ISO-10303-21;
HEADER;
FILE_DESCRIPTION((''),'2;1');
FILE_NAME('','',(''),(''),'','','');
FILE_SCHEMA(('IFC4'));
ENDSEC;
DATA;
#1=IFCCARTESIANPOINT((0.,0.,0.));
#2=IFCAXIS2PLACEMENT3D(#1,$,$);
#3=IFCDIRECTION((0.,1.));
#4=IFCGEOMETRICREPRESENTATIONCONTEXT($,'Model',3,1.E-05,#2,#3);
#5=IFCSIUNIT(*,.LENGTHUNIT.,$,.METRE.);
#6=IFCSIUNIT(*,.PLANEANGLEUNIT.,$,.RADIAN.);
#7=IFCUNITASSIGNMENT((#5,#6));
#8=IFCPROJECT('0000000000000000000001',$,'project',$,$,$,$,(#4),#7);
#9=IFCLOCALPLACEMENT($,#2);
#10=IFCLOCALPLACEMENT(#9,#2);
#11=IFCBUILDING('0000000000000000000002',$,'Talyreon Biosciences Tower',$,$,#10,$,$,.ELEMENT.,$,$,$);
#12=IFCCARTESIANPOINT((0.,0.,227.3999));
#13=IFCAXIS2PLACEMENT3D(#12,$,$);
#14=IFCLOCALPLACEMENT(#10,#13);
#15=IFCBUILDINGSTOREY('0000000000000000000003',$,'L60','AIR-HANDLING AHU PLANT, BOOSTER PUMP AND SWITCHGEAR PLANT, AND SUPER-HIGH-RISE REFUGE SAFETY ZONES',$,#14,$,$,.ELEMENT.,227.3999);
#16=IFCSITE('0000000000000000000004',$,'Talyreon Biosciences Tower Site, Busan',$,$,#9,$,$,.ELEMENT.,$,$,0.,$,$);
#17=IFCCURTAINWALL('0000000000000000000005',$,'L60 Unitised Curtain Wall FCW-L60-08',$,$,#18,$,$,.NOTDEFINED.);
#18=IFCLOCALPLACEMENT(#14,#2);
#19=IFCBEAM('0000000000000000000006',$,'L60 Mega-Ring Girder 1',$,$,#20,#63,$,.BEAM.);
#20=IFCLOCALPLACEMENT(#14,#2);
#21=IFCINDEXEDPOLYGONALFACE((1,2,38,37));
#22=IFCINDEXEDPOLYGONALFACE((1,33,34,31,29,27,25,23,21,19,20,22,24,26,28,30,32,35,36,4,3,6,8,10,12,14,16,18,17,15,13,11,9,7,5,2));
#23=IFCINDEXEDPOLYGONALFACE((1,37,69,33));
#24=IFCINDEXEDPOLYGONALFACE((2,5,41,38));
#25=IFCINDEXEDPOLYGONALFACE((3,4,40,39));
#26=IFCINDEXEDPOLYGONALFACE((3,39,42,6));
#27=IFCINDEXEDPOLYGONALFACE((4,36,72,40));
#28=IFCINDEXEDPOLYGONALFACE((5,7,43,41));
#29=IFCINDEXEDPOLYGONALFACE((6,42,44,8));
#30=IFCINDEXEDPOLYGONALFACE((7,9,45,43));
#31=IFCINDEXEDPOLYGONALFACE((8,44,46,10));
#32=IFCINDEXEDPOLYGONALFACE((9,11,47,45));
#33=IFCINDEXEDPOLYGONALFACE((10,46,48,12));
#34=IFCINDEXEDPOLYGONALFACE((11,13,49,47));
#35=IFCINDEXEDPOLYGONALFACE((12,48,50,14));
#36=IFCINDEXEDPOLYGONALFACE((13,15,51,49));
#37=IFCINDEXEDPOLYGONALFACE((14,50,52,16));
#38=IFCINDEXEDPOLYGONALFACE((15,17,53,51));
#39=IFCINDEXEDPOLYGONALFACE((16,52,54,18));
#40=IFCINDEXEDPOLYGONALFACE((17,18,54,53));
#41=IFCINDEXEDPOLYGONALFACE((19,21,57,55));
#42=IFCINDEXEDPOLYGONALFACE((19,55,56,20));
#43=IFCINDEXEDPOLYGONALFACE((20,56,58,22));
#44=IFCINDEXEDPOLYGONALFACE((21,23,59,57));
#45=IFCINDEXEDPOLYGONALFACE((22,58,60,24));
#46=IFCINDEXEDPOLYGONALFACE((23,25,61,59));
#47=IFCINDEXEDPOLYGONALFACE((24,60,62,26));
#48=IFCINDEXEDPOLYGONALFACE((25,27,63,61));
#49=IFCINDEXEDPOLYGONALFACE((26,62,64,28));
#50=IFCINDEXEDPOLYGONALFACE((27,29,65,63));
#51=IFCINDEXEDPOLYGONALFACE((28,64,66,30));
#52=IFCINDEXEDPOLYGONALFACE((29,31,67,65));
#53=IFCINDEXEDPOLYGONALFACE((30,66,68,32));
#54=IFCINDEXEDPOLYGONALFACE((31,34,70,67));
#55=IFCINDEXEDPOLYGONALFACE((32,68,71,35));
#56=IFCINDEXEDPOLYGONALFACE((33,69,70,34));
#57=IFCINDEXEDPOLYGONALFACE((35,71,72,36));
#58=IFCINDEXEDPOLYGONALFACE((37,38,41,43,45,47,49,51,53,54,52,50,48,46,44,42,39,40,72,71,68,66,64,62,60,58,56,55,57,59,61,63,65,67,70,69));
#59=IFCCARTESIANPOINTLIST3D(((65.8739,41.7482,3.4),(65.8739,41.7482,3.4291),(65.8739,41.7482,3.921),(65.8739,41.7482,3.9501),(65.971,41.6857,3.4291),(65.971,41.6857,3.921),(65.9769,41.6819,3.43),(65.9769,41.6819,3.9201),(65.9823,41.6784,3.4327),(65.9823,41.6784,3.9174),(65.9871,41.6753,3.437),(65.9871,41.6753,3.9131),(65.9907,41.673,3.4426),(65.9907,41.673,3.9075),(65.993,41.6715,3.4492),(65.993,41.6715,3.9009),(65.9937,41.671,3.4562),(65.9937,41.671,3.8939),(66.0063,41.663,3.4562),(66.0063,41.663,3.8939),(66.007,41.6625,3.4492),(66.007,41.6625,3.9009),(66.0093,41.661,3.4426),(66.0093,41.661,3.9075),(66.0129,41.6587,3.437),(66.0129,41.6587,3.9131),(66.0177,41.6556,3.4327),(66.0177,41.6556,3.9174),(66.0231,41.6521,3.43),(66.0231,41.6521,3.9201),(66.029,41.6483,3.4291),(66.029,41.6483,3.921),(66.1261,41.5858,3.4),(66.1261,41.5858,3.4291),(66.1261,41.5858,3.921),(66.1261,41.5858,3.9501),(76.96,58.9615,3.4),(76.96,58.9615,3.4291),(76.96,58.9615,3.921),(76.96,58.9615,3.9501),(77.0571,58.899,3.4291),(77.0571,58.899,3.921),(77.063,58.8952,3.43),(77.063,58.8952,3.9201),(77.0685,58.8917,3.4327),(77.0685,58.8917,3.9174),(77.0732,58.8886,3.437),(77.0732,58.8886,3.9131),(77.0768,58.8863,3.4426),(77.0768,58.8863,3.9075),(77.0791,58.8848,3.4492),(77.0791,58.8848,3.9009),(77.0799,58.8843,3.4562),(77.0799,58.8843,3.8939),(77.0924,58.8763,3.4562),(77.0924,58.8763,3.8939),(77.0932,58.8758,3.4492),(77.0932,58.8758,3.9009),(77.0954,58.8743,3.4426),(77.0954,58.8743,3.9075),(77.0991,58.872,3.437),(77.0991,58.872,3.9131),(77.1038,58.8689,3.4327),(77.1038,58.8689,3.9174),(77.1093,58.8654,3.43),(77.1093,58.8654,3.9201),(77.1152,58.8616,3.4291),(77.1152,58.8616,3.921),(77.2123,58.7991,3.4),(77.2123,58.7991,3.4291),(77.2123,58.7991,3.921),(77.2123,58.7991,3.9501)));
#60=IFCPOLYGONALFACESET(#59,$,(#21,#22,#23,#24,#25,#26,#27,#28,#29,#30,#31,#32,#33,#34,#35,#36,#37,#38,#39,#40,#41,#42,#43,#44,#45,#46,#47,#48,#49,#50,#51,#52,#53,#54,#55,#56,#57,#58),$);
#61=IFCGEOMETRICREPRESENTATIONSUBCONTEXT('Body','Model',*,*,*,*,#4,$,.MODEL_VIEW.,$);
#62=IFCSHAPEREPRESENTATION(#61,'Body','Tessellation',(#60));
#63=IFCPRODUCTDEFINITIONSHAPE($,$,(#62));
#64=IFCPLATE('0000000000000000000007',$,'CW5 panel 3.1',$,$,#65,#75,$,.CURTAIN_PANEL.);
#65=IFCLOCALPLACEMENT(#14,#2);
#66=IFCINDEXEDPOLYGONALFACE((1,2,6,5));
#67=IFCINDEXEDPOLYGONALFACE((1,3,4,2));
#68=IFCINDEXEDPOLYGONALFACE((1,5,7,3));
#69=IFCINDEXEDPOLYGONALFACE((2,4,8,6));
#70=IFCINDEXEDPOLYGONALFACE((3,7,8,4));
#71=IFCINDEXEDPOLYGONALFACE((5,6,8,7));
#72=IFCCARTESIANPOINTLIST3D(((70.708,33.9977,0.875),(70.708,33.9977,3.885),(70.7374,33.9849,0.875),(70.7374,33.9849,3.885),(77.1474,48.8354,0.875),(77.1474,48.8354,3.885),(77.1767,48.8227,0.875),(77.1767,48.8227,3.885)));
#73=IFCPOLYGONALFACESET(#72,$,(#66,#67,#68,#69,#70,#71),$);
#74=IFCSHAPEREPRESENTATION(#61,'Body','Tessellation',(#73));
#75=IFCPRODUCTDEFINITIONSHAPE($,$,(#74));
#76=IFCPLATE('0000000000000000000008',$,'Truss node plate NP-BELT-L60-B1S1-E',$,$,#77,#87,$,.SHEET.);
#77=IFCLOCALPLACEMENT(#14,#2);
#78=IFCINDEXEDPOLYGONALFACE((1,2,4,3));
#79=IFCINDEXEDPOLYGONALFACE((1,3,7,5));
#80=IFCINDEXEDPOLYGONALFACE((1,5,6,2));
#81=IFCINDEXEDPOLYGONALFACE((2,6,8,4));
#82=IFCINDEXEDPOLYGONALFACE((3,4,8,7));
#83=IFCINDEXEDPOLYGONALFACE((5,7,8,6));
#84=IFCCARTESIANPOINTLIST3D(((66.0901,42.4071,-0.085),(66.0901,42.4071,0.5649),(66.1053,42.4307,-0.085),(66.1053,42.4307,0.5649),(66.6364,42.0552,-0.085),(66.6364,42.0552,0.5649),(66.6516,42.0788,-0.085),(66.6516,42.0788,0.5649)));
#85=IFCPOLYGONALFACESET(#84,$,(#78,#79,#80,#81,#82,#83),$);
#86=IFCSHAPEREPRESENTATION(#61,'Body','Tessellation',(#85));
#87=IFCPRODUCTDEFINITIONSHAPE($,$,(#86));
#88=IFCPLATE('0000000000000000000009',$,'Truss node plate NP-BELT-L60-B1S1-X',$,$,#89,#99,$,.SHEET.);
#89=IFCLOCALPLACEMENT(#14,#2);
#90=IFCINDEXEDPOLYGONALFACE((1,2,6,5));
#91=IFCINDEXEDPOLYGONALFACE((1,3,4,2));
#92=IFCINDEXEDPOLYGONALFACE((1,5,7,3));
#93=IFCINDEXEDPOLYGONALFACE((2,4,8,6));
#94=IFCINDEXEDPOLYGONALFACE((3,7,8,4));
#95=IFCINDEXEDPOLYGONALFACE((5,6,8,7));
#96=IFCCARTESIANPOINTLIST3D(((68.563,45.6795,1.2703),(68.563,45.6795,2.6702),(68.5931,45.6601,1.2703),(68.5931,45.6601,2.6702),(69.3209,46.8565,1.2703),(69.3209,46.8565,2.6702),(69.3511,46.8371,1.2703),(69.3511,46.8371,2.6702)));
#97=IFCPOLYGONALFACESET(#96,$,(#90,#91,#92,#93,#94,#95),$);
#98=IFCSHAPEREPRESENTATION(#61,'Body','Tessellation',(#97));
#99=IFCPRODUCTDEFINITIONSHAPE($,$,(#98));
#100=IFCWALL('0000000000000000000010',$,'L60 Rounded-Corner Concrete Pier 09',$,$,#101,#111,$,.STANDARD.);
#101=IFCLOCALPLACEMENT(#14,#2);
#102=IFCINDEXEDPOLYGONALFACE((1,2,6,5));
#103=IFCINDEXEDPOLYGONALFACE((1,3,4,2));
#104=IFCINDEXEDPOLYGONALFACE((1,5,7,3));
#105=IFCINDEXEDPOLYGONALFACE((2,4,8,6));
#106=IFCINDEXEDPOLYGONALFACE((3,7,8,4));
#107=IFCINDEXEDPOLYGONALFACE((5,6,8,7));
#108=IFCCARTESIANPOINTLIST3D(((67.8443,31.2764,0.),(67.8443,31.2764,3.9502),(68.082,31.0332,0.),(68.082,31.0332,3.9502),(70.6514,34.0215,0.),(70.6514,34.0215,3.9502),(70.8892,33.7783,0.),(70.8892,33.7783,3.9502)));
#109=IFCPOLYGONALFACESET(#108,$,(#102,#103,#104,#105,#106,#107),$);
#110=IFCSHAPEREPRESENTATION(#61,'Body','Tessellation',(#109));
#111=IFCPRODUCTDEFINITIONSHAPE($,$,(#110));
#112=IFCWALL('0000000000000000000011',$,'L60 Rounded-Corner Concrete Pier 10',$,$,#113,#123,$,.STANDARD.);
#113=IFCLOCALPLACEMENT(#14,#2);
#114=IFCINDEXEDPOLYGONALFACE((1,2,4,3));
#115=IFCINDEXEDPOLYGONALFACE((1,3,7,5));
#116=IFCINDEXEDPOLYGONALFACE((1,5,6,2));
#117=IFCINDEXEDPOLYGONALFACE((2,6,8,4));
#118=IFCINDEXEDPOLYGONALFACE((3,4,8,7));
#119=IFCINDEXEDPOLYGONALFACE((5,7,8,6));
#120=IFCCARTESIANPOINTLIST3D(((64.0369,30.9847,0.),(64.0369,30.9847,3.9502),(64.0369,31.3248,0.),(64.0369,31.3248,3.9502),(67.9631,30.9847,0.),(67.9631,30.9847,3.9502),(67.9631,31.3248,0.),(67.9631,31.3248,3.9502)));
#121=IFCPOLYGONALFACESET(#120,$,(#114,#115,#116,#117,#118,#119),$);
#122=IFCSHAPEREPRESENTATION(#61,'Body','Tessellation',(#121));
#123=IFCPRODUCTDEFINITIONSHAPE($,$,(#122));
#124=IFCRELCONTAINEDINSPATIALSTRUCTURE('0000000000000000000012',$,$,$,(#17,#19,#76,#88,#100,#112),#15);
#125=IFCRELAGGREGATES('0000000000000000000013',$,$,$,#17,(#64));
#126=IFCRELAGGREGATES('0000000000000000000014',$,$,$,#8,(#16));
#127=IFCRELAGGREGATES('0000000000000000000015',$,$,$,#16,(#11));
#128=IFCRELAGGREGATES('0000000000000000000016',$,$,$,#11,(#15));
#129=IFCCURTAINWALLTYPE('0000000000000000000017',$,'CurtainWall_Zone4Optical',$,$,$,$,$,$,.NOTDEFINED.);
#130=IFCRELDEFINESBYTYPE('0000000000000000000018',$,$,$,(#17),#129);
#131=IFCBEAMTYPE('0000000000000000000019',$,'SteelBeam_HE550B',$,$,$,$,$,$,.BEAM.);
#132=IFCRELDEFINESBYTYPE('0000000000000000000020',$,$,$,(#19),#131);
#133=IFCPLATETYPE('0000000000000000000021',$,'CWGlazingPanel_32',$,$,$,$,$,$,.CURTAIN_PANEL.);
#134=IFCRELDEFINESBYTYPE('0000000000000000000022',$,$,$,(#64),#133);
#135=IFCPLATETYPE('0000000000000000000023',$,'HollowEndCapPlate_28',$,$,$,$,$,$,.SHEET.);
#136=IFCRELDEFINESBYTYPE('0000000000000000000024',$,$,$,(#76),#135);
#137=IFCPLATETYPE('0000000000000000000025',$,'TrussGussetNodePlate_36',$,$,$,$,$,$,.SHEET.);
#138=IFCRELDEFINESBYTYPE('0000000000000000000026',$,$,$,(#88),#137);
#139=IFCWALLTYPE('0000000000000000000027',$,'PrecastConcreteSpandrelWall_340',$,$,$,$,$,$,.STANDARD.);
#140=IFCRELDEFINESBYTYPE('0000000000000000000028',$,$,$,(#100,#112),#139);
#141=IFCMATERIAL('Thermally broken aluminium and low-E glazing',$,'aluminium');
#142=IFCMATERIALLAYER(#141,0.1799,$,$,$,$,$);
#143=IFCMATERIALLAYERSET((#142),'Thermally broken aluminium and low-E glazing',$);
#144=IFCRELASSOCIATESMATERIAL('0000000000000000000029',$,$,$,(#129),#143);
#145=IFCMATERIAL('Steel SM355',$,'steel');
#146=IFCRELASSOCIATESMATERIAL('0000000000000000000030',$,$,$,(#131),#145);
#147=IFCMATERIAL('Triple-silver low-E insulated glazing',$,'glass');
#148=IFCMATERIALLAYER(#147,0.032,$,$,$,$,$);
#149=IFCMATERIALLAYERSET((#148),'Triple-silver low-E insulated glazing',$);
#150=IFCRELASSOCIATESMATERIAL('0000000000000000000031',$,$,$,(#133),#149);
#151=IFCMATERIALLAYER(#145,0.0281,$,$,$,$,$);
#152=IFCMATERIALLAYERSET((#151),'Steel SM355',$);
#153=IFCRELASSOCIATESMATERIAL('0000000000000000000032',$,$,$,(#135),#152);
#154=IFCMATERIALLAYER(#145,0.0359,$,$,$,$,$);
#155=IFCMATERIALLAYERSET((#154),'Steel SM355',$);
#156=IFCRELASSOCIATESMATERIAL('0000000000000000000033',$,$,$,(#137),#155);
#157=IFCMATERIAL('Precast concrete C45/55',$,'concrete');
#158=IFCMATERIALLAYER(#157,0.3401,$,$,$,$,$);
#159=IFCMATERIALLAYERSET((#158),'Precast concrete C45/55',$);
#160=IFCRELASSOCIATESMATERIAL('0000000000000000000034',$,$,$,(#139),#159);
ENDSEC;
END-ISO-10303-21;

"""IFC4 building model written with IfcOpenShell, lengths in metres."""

from ifc_helpers import new_model, si_unit, direction, frame, frame_2d, origin, origin_2d, place, context, subcontext, project, spatial, rectangle, i_section, extrude, material, layer, layer_set, material_profile, profile_set, type_object, element, aggregate, save


model = new_model("IFC4")

# Units and contexts
model_context = context("Model", 3, precision=1e-05, world=origin(), true_north=direction((0.0, 1.0)))
body_context = subcontext(model_context, "Body", "Model", "MODEL_VIEW")
ifc_project = project(units=[si_unit("LENGTHUNIT", "METRE"), si_unit("PLANEANGLEUNIT", "RADIAN")], contexts=[model_context])

# Site, building, storey
site_placement = place(None, origin())
site = spatial("IfcSite", under=ifc_project, at=site_placement, Name="Talyreon Biosciences Tower Site, Busan", CompositionType="ELEMENT", RefElevation=0.0)
building_placement = place(site_placement, origin())
building = spatial("IfcBuilding", under=site, at=building_placement, Name="Talyreon Biosciences Tower", CompositionType="ELEMENT")
storey_placement = place(building_placement, frame((0.0, 0.0, 227.3999)))
storey = spatial("IfcBuildingStorey", under=building, at=storey_placement, Name="L60", Description="AIR-HANDLING AHU PLANT, BOOSTER PUMP AND SWITCHGEAR PLANT, AND SUPER-HIGH-RISE REFUGE SAFETY ZONES", CompositionType="ELEMENT", Elevation=227.3999)

# Shared definitions
ifc_material_1 = material(Name="Steel SM355", Category="steel")

# Curtain wall
ifc_material_2 = material(Name="Thermally broken aluminium and low-E glazing", Category="aluminium")
ifc_layer_1 = layer(ifc_material_2, 0.1799)
ifc_layer_set_1 = layer_set([ifc_layer_1], Name="Thermally broken aluminium and low-E glazing")
curtain_wall_type = type_object("IfcCurtainWallType", Name="CurtainWall_Zone4Optical", PredefinedType="NOTDEFINED", material=ifc_layer_set_1)
curtain_wall_placement = place(storey_placement, origin())
curtain_wall = element("IfcCurtainWall", 1, at=curtain_wall_placement, inside=storey, type_object=curtain_wall_type, Name="L60 Unitised Curtain Wall FCW-L60-08", PredefinedType="NOTDEFINED")

# Shared definitions
ifc_material_3 = material(Name="Precast concrete C45/55", Category="concrete")

# Beam
ifc_material_profile_1 = material_profile(ifc_material_1, i_section(OverallWidth=0.3, OverallDepth=0.55, WebThickness=0.0149, FlangeThickness=0.0291, FilletRadius=0.0271, at=origin_2d()), Name="HE550B")
ifc_profile_set_1 = profile_set([ifc_material_profile_1], Name="Steel SM355")
beam_type_1 = type_object("IfcBeamType", Name="SteelBeam_HE550B", PredefinedType="BEAM", material=ifc_profile_set_1)
beam_1_placement = place(storey_placement, frame((66.0, 41.667, 3.675), z_axis=(0.541464, 0.840724, 0.0), x_axis=(-0.840724, 0.541464, 0.0)))
element("IfcBeam", 2, at=beam_1_placement, inside=storey, type_object=beam_type_1, Name="L60 Mega-Ring Girder 1", PredefinedType="BEAM", context=body_context, shape_type="SweptSolid", body=[
    extrude(i_section(OverallWidth=0.3, OverallDepth=0.55, WebThickness=0.0149, FlangeThickness=0.0291, FilletRadius=0.0271, at=origin_2d()), origin(), (0.0, 0.0, 1.0), 20.4744),
])

# Plate
ifc_material_4 = material(Name="Triple-silver low-E insulated glazing", Category="glass")
ifc_layer_2 = layer(ifc_material_4, 0.032)
ifc_layer_set_2 = layer_set([ifc_layer_2], Name="Triple-silver low-E insulated glazing")
plate_type_1 = type_object("IfcPlateType", Name="CWGlazingPanel_32", PredefinedType="CURTAIN_PANEL", material=ifc_layer_set_2)
plate_1_placement = place(storey_placement, frame((73.9424, 41.4102, 0.875), z_axis=(0.0, 0.0, 1.0), x_axis=(-0.398112, -0.917337, 0.0)))
plate_1 = element("IfcPlate", 3, at=plate_1_placement, type_object=plate_type_1, Name="CW5 panel 3.1", PredefinedType="CURTAIN_PANEL", context=body_context, shape_type="SweptSolid", body=[
    extrude(rectangle(XDim=16.1748, YDim=0.032, at=origin_2d()), origin(), (0.0, 0.0, 1.0), 3.01),
])
aggregate(curtain_wall, [plate_1])

# Plates
ifc_layer_3 = layer(ifc_material_1, 0.0281)
ifc_layer_set_3 = layer_set([ifc_layer_3], Name="Steel SM355")
plate_type_2 = type_object("IfcPlateType", Name="HollowEndCapPlate_28", PredefinedType="SHEET", material=ifc_layer_set_3)
plate_2_placement = place(storey_placement, frame((66.3708, 42.2429, -0.085), z_axis=(0.0, 0.0, 1.0), x_axis=(-0.840727, 0.541459, 0.0)))
element("IfcPlate", 4, at=plate_2_placement, inside=storey, type_object=plate_type_2, Name="Truss node plate NP-BELT-L60-B1S1-E", PredefinedType="SHEET", context=body_context, shape_type="SweptSolid", body=[
    extrude(rectangle(XDim=0.6499, YDim=0.0281, at=origin_2d()), origin(), (0.0, 0.0, 1.0), 0.6499),
])
ifc_layer_4 = layer(ifc_material_1, 0.0359)
ifc_layer_set_4 = layer_set([ifc_layer_4], Name="Steel SM355")
plate_type_3 = type_object("IfcPlateType", Name="TrussGussetNodePlate_36", PredefinedType="SHEET", material=ifc_layer_set_4)
plate_3_placement = place(storey_placement, frame((68.957, 46.2583, 1.2703), z_axis=(0.0, 0.0, 1.0), x_axis=(0.541459, 0.840727, 0.0)))
element("IfcPlate", 5, at=plate_3_placement, inside=storey, type_object=plate_type_3, Name="Truss node plate NP-BELT-L60-B1S1-X", PredefinedType="SHEET", context=body_context, shape_type="SweptSolid", body=[
    extrude(rectangle(XDim=1.3999, YDim=0.0359, at=origin_2d()), origin(), (0.0, 0.0, 1.0), 1.3999),
])

# Walls
ifc_layer_5 = layer(ifc_material_3, 0.3401)
ifc_layer_set_5 = layer_set([ifc_layer_5], Name="Precast concrete C45/55")
wall_type = type_object("IfcWallType", Name="PrecastConcreteSpandrelWall_340", PredefinedType="STANDARD", material=ifc_layer_set_5)
for number, where, z_axis, x_axis, name in (
    (6, (70.7703, 33.8999, 0.0), (0.0, 0.0, 1.0), (-0.71496, -0.699166, 0.0), "L60 Rounded-Corner Concrete Pier 09"),
    (7, (67.9631, 31.1548, 0.0), (0.0, 0.0, 1.0), (-1.0, 0.0, 0.0), "L60 Rounded-Corner Concrete Pier 10"),
):
    element("IfcWall", number, at=place(storey_placement, frame(where, z_axis=z_axis, x_axis=x_axis)), inside=storey, type_object=wall_type, Name=name, PredefinedType="STANDARD", context=body_context, shape_type="SweptSolid", body=[
        extrude(rectangle(XDim=3.9263, YDim=0.3401, at=frame_2d((1.9631, 0.0))), origin(), (0.0, 0.0, 1.0), 3.9502),
    ])

save(model, "model.ifc")
